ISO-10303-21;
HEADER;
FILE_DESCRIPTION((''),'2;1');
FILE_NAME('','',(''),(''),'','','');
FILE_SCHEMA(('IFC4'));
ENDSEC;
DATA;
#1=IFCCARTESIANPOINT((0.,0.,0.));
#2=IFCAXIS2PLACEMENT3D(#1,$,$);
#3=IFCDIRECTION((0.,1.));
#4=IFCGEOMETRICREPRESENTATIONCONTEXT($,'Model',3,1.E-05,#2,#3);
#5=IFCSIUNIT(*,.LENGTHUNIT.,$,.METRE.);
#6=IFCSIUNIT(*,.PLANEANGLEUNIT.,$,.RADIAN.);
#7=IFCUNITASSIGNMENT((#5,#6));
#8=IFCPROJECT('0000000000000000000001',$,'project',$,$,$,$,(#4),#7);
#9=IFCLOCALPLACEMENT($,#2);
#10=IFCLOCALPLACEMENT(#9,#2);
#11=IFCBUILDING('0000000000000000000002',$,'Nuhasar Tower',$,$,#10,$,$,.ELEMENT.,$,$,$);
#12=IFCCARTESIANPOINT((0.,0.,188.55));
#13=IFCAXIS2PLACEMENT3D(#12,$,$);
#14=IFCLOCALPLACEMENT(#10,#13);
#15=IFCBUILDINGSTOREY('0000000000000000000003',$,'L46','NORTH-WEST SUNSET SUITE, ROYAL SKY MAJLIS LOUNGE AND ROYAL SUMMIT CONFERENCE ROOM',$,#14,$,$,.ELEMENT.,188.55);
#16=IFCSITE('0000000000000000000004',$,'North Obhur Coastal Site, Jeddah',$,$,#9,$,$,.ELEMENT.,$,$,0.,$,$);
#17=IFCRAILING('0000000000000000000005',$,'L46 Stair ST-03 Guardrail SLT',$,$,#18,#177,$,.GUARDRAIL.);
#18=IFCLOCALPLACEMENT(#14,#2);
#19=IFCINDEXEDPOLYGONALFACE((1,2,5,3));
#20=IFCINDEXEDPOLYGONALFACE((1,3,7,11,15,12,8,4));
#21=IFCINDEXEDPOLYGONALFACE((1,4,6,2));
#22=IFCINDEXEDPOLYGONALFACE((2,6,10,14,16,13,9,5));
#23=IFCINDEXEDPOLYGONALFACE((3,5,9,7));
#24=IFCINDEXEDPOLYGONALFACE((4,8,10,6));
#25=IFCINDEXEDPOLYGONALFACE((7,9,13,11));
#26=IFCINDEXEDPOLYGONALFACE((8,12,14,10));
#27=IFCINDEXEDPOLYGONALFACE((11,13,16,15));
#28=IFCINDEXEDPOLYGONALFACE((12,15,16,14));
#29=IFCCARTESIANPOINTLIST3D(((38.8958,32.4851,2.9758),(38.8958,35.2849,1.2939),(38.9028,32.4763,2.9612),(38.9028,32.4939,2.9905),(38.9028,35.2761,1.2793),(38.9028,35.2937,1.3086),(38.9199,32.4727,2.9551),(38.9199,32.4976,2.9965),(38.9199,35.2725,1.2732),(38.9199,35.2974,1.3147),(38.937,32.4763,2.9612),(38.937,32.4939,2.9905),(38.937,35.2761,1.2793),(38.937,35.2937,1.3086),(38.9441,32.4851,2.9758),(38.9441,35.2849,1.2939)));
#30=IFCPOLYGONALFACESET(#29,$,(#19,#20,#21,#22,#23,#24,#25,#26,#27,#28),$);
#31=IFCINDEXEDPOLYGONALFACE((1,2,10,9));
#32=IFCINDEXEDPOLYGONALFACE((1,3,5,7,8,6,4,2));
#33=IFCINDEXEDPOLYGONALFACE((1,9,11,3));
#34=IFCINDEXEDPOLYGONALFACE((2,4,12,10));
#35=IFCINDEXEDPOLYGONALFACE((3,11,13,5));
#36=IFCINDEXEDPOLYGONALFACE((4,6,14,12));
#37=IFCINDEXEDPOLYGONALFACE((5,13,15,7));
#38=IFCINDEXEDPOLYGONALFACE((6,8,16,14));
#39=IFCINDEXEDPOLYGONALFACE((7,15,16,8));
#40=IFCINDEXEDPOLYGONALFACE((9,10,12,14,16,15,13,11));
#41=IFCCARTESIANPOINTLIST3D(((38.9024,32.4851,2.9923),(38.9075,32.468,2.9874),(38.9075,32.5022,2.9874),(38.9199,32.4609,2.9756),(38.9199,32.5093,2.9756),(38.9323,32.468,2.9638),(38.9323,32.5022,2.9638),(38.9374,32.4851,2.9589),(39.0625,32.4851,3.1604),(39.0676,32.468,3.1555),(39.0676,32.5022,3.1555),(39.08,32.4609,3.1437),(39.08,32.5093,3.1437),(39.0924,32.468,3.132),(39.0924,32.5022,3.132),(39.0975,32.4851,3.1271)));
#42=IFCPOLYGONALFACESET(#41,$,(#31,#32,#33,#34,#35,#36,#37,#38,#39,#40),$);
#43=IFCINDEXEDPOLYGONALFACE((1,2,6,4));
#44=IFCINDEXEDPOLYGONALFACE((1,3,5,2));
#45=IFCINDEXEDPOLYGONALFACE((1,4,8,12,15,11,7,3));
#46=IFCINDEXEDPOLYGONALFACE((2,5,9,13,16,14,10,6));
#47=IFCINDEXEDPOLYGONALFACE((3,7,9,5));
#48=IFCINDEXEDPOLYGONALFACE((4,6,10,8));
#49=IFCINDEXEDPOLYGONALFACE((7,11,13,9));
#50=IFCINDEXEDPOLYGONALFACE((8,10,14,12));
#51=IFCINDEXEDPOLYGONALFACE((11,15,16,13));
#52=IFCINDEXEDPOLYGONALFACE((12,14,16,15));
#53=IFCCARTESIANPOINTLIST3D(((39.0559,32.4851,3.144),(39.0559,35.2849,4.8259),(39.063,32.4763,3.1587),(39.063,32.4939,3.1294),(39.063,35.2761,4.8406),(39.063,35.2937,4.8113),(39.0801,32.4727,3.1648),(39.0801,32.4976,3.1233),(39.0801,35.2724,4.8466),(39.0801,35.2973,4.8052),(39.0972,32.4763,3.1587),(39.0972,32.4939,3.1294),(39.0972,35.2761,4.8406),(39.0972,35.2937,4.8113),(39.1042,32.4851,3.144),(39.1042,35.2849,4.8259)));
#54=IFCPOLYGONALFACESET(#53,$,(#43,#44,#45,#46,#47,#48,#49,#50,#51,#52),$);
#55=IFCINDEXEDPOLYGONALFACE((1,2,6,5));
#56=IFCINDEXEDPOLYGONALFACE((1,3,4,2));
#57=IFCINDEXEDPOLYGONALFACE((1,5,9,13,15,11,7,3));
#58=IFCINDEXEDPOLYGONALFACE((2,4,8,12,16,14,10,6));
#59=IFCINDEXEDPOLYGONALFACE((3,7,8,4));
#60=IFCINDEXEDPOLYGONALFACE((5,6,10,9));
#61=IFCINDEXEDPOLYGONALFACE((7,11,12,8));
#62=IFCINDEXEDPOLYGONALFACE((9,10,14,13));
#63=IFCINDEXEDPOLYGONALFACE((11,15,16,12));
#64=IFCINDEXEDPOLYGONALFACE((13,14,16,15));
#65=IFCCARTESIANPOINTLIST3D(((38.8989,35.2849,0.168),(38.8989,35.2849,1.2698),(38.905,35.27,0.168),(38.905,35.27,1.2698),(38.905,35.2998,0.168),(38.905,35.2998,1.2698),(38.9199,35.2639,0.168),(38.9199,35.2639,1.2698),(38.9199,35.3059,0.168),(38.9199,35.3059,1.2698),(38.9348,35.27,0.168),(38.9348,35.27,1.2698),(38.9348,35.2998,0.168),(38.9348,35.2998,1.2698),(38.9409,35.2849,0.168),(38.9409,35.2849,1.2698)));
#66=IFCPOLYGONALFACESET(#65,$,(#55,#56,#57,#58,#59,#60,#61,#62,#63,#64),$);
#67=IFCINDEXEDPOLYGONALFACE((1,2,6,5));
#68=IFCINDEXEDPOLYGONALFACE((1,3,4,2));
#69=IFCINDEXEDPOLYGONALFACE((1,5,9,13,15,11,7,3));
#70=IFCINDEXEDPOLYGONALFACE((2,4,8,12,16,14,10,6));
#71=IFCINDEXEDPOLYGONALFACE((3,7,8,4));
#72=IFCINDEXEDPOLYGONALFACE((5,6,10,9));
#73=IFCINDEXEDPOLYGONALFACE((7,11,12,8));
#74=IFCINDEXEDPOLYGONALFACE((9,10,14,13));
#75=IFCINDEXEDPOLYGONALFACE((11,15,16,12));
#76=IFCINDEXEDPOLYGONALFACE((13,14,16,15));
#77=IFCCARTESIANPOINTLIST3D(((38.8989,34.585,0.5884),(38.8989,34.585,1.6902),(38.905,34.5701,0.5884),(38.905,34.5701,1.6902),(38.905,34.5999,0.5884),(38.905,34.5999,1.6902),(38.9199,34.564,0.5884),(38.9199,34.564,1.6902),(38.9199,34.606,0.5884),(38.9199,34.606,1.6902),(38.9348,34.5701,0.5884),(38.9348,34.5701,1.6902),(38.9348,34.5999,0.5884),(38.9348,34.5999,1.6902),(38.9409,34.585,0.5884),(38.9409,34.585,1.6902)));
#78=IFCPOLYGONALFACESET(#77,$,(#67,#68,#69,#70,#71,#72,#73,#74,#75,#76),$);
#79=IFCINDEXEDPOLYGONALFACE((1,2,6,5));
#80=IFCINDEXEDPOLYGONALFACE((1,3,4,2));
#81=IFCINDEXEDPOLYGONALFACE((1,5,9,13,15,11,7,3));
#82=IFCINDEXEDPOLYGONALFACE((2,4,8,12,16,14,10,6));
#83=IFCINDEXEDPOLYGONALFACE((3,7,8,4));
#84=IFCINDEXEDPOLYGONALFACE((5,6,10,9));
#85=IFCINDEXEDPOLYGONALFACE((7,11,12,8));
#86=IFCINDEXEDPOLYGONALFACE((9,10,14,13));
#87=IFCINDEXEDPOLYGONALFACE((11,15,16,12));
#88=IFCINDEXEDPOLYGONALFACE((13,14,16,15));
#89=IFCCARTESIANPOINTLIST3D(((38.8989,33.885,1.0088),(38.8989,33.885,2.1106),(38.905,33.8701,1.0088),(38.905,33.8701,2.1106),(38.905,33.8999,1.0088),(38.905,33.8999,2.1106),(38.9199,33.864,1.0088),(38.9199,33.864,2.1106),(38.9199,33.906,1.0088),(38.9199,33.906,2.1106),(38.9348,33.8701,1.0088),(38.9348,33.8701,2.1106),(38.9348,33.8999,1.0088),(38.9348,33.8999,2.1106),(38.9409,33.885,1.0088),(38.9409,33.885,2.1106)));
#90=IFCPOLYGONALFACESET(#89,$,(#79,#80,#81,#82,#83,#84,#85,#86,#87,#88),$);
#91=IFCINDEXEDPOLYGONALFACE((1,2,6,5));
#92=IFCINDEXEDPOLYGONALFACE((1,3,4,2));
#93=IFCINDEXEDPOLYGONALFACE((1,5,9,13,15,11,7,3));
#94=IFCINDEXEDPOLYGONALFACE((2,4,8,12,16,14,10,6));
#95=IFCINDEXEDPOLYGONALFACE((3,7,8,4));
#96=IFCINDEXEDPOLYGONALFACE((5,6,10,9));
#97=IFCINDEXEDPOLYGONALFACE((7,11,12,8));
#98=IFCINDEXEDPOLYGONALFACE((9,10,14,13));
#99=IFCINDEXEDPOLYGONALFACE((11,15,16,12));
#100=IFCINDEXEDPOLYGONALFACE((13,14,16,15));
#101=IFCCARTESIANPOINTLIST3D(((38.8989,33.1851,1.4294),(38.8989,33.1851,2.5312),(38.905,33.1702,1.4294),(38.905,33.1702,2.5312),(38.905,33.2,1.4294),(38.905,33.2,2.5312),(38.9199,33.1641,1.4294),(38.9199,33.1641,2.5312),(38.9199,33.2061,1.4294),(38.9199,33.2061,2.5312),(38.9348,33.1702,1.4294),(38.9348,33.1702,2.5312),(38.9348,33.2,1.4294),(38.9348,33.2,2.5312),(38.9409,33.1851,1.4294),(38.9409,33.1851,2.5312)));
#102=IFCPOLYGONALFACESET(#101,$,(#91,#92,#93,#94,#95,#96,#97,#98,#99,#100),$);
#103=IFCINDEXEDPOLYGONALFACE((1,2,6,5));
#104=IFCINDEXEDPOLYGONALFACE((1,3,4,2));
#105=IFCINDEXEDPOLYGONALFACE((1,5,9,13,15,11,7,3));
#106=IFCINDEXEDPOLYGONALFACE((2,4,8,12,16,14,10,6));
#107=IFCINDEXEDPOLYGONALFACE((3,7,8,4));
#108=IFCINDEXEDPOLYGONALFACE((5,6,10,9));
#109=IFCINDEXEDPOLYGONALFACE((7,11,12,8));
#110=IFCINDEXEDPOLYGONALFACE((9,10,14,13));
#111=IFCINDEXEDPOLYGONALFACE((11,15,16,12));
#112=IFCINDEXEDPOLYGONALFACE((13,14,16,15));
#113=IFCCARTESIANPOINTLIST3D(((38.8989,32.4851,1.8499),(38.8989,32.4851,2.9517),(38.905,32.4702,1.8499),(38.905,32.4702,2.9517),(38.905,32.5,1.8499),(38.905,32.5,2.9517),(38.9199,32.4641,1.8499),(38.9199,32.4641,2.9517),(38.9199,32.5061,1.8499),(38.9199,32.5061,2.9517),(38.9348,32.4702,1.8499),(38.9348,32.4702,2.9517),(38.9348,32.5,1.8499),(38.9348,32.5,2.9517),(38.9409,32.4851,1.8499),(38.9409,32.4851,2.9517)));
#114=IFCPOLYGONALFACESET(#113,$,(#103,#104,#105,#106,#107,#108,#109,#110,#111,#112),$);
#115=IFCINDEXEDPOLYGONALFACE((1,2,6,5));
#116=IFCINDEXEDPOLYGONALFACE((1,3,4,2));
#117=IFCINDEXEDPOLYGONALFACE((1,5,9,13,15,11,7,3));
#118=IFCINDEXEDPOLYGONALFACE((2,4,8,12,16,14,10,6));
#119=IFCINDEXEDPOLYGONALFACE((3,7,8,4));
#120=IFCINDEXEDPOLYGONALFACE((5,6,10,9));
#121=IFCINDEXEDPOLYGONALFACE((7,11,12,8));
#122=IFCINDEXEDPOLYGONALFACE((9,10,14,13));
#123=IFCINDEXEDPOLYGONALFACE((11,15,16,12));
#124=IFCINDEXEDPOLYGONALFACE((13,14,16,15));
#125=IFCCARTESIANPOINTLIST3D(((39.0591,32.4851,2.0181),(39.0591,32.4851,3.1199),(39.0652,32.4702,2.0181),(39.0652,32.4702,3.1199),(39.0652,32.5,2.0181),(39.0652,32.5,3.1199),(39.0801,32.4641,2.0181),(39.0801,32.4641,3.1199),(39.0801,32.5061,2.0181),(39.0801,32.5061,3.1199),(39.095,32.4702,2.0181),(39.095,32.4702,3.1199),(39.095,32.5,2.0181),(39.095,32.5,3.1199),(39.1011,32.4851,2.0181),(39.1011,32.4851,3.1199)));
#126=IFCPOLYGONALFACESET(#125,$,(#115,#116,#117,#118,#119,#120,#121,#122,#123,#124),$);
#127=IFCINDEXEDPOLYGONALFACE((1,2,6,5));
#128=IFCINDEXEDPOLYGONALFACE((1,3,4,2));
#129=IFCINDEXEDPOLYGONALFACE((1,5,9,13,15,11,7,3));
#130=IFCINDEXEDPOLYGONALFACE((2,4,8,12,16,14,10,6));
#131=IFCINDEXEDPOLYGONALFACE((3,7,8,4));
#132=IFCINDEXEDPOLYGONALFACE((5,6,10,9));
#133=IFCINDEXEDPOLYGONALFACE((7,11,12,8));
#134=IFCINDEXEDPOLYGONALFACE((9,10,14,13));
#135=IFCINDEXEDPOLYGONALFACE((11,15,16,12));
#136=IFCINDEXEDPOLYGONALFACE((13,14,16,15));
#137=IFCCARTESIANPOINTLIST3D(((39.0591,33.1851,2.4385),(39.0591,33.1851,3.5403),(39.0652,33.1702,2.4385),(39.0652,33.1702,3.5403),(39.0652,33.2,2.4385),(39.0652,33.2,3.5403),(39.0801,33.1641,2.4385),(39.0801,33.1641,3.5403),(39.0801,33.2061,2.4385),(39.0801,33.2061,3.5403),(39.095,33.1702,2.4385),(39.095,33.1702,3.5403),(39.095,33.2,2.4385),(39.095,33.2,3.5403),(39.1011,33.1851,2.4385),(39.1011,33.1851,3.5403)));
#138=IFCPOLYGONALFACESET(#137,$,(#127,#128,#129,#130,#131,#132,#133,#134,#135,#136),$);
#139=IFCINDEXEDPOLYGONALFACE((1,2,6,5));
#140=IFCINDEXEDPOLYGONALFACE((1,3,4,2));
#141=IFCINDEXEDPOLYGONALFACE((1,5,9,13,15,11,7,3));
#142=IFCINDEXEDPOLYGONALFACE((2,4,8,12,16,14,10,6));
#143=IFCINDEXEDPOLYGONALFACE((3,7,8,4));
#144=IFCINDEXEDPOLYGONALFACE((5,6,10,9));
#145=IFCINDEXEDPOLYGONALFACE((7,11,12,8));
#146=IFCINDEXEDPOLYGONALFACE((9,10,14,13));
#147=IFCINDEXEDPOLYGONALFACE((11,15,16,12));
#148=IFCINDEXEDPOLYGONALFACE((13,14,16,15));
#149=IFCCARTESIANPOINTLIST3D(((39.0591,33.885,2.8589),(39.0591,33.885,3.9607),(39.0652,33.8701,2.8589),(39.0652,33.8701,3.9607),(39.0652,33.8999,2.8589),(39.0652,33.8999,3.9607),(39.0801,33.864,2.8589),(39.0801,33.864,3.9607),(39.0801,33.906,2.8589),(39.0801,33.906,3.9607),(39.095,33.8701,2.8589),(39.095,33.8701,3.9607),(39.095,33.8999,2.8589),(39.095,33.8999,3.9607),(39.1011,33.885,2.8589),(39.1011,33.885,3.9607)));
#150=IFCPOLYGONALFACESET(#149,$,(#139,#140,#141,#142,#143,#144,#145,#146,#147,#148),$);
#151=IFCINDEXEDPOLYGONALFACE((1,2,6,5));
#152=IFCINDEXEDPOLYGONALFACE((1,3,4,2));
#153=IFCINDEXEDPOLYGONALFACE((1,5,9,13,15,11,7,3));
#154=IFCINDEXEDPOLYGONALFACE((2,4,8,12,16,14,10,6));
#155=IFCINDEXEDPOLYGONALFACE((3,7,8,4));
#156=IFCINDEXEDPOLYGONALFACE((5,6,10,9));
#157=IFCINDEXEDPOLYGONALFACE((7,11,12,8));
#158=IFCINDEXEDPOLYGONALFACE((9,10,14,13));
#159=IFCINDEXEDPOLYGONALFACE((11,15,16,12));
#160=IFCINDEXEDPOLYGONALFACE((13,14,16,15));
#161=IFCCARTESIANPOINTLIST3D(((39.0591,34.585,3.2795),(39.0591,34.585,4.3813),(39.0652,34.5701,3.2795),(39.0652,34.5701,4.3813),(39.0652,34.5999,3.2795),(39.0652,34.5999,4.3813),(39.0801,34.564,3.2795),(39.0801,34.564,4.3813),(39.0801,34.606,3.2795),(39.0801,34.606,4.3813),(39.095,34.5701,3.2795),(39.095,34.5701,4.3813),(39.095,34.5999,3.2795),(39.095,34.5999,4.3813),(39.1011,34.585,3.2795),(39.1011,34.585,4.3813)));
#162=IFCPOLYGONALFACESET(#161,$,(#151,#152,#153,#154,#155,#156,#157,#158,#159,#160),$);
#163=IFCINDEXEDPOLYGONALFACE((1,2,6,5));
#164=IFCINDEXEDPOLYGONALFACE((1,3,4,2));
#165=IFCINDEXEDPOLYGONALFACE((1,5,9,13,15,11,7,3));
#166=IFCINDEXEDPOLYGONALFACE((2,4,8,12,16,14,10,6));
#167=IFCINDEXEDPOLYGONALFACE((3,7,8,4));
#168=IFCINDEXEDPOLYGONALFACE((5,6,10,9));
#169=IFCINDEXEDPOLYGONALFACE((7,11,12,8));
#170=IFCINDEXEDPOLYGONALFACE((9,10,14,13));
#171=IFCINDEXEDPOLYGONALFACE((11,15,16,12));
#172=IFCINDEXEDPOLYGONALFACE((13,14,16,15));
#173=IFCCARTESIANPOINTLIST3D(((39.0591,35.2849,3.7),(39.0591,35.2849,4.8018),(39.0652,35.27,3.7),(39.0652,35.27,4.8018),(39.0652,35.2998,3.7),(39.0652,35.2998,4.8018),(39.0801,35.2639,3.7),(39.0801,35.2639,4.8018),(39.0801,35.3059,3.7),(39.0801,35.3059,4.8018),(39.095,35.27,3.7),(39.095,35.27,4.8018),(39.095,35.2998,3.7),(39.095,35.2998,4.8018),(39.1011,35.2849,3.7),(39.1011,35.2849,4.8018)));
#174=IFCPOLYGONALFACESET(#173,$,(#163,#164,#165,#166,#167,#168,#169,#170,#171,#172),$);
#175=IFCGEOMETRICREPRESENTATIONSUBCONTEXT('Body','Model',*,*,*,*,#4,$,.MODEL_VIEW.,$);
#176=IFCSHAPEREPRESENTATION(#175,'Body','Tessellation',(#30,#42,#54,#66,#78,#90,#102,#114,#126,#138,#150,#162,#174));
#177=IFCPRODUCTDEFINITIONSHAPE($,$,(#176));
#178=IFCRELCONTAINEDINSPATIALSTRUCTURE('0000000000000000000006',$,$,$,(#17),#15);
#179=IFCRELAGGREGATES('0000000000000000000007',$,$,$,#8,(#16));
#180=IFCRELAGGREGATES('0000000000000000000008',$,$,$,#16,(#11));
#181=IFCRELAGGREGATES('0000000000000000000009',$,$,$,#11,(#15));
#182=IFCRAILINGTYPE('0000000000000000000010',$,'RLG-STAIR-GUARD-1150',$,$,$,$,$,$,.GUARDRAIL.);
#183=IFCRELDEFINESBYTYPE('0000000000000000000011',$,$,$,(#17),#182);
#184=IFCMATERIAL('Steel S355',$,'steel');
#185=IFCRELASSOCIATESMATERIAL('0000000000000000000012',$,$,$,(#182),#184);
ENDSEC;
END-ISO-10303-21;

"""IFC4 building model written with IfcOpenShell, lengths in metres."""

from ifc_helpers import new_model, si_unit, direction, frame, origin, place, context, subcontext, project, spatial, polyline, outline, extrude, material, type_object, element, save


model = new_model("IFC4")

# Units and contexts
model_context = context("Model", 3, precision=1e-05, world=origin(), true_north=direction((0.0, 1.0)))
body_context = subcontext(model_context, "Body", "Model", "MODEL_VIEW")
ifc_project = project(units=[si_unit("LENGTHUNIT", "METRE"), si_unit("PLANEANGLEUNIT", "RADIAN")], contexts=[model_context])

# Site, building, storey
site_placement = place(None, origin())
site = spatial("IfcSite", under=ifc_project, at=site_placement, Name="North Obhur Coastal Site, Jeddah", CompositionType="ELEMENT", RefElevation=0.0)
building_placement = place(site_placement, origin())
building = spatial("IfcBuilding", under=site, at=building_placement, Name="Nuhasar Tower", CompositionType="ELEMENT")
storey_placement = place(building_placement, frame((0.0, 0.0, 188.55)))
storey = spatial("IfcBuildingStorey", under=building, at=storey_placement, Name="L46", Description="NORTH-WEST SUNSET SUITE, ROYAL SKY MAJLIS LOUNGE AND ROYAL SUMMIT CONFERENCE ROOM", CompositionType="ELEMENT", Elevation=188.55)

# Shared definitions
ifc_material_1 = material(Name="Steel S355", Category="steel")

# Railing
railing_type_1 = type_object("IfcRailingType", Name="RLG-STAIR-GUARD-1150", PredefinedType="GUARDRAIL", material=ifc_material_1)
railing_1_placement = place(storey_placement, frame((38.9199, 35.2849, 0.168)))
element("IfcRailing", 1, at=railing_1_placement, inside=storey, type_object=railing_type_1, Name="L46 Stair ST-03 Guardrail SLT", PredefinedType="GUARDRAIL", context=body_context, shape_type="SweptSolid", body=[
    extrude(outline(polyline([(0.0242, 0.0), (0.0171, 0.0171), (0.0, 0.0242), (-0.0171, 0.0171), (-0.0242, 0.0), (-0.0171, -0.0171), (0.0, -0.0242), (0.0171, -0.0171), (0.0242, 0.0)])), frame((0.0, 0.0, 1.126), z_axis=(0.0, -0.857222, 0.514946), x_axis=(1.0, 0.0, 0.0)), (0.0, 0.0, 1.0), 3.2661),
    extrude(outline(polyline([(0.0242, 0.0), (0.0171, 0.0171), (0.0, 0.0242), (-0.0171, 0.0171), (-0.0242, 0.0), (-0.0171, -0.0171), (0.0, -0.0242), (0.0171, -0.0171), (0.0242, 0.0)])), frame((0.0, -2.7998, 2.8076), z_axis=(0.68955, 0.0, 0.724238), x_axis=(0.0, 1.0, 0.0)), (0.0, 0.0, 1.0), 0.2322),
    extrude(outline(polyline([(0.0242, 0.0), (0.0171, 0.0171), (0.0, 0.0242), (-0.0171, 0.0171), (-0.0242, 0.0), (-0.0171, -0.0171), (0.0, -0.0242), (0.0171, -0.0171), (0.0242, 0.0)])), frame((0.1602, -2.7998, 2.9761), z_axis=(0.0, 0.857222, 0.514946), x_axis=(-1.0, 0.0, 0.0)), (0.0, 0.0, 1.0), 3.2661),
    extrude(outline(polyline([(0.021, 0.0), (0.0149, 0.0149), (0.0, 0.021), (-0.0149, 0.0149), (-0.021, 0.0), (-0.0149, -0.0149), (0.0, -0.021), (0.0149, -0.0149), (0.021, 0.0)])), origin(), (0.0, 0.0, 1.0), 1.1018),
    extrude(outline(polyline([(0.021, 0.0), (0.0149, 0.0149), (0.0, 0.021), (-0.0149, 0.0149), (-0.021, 0.0), (-0.0149, -0.0149), (0.0, -0.021), (0.0149, -0.0149), (0.021, 0.0)])), frame((0.0, -0.7, 0.4204)), (0.0, 0.0, 1.0), 1.1018),
    extrude(outline(polyline([(0.021, 0.0), (0.0149, 0.0149), (0.0, 0.021), (-0.0149, 0.0149), (-0.021, 0.0), (-0.0149, -0.0149), (0.0, -0.021), (0.0149, -0.0149), (0.021, 0.0)])), frame((0.0, -1.3999, 0.8408)), (0.0, 0.0, 1.0), 1.1018),
    extrude(outline(polyline([(0.021, 0.0), (0.0149, 0.0149), (0.0, 0.021), (-0.0149, 0.0149), (-0.021, 0.0), (-0.0149, -0.0149), (0.0, -0.021), (0.0149, -0.0149), (0.021, 0.0)])), frame((0.0, -2.0999, 1.2615)), (0.0, 0.0, 1.0), 1.1018),
    extrude(outline(polyline([(0.021, 0.0), (0.0149, 0.0149), (0.0, 0.021), (-0.0149, 0.0149), (-0.021, 0.0), (-0.0149, -0.0149), (0.0, -0.021), (0.0149, -0.0149), (0.021, 0.0)])), frame((0.0, -2.7998, 1.6819)), (0.0, 0.0, 1.0), 1.1018),
    extrude(outline(polyline([(0.021, 0.0), (0.0149, 0.0149), (0.0, 0.021), (-0.0149, 0.0149), (-0.021, 0.0), (-0.0149, -0.0149), (0.0, -0.021), (0.0149, -0.0149), (0.021, 0.0)])), frame((0.1602, -2.7998, 1.8501)), (0.0, 0.0, 1.0), 1.1018),
    extrude(outline(polyline([(0.021, 0.0), (0.0149, 0.0149), (0.0, 0.021), (-0.0149, 0.0149), (-0.021, 0.0), (-0.0149, -0.0149), (0.0, -0.021), (0.0149, -0.0149), (0.021, 0.0)])), frame((0.1602, -2.0999, 2.2705)), (0.0, 0.0, 1.0), 1.1018),
    extrude(outline(polyline([(0.021, 0.0), (0.0149, 0.0149), (0.0, 0.021), (-0.0149, 0.0149), (-0.021, 0.0), (-0.0149, -0.0149), (0.0, -0.021), (0.0149, -0.0149), (0.021, 0.0)])), frame((0.1602, -1.3999, 2.6909)), (0.0, 0.0, 1.0), 1.1018),
    extrude(outline(polyline([(0.021, 0.0), (0.0149, 0.0149), (0.0, 0.021), (-0.0149, 0.0149), (-0.021, 0.0), (-0.0149, -0.0149), (0.0, -0.021), (0.0149, -0.0149), (0.021, 0.0)])), frame((0.1602, -0.7, 3.1116)), (0.0, 0.0, 1.0), 1.1018),
    extrude(outline(polyline([(0.021, 0.0), (0.0149, 0.0149), (0.0, 0.021), (-0.0149, 0.0149), (-0.021, 0.0), (-0.0149, -0.0149), (0.0, -0.021), (0.0149, -0.0149), (0.021, 0.0)])), frame((0.1602, 0.0, 3.532)), (0.0, 0.0, 1.0), 1.1018),
])

save(model, "model.ifc")
